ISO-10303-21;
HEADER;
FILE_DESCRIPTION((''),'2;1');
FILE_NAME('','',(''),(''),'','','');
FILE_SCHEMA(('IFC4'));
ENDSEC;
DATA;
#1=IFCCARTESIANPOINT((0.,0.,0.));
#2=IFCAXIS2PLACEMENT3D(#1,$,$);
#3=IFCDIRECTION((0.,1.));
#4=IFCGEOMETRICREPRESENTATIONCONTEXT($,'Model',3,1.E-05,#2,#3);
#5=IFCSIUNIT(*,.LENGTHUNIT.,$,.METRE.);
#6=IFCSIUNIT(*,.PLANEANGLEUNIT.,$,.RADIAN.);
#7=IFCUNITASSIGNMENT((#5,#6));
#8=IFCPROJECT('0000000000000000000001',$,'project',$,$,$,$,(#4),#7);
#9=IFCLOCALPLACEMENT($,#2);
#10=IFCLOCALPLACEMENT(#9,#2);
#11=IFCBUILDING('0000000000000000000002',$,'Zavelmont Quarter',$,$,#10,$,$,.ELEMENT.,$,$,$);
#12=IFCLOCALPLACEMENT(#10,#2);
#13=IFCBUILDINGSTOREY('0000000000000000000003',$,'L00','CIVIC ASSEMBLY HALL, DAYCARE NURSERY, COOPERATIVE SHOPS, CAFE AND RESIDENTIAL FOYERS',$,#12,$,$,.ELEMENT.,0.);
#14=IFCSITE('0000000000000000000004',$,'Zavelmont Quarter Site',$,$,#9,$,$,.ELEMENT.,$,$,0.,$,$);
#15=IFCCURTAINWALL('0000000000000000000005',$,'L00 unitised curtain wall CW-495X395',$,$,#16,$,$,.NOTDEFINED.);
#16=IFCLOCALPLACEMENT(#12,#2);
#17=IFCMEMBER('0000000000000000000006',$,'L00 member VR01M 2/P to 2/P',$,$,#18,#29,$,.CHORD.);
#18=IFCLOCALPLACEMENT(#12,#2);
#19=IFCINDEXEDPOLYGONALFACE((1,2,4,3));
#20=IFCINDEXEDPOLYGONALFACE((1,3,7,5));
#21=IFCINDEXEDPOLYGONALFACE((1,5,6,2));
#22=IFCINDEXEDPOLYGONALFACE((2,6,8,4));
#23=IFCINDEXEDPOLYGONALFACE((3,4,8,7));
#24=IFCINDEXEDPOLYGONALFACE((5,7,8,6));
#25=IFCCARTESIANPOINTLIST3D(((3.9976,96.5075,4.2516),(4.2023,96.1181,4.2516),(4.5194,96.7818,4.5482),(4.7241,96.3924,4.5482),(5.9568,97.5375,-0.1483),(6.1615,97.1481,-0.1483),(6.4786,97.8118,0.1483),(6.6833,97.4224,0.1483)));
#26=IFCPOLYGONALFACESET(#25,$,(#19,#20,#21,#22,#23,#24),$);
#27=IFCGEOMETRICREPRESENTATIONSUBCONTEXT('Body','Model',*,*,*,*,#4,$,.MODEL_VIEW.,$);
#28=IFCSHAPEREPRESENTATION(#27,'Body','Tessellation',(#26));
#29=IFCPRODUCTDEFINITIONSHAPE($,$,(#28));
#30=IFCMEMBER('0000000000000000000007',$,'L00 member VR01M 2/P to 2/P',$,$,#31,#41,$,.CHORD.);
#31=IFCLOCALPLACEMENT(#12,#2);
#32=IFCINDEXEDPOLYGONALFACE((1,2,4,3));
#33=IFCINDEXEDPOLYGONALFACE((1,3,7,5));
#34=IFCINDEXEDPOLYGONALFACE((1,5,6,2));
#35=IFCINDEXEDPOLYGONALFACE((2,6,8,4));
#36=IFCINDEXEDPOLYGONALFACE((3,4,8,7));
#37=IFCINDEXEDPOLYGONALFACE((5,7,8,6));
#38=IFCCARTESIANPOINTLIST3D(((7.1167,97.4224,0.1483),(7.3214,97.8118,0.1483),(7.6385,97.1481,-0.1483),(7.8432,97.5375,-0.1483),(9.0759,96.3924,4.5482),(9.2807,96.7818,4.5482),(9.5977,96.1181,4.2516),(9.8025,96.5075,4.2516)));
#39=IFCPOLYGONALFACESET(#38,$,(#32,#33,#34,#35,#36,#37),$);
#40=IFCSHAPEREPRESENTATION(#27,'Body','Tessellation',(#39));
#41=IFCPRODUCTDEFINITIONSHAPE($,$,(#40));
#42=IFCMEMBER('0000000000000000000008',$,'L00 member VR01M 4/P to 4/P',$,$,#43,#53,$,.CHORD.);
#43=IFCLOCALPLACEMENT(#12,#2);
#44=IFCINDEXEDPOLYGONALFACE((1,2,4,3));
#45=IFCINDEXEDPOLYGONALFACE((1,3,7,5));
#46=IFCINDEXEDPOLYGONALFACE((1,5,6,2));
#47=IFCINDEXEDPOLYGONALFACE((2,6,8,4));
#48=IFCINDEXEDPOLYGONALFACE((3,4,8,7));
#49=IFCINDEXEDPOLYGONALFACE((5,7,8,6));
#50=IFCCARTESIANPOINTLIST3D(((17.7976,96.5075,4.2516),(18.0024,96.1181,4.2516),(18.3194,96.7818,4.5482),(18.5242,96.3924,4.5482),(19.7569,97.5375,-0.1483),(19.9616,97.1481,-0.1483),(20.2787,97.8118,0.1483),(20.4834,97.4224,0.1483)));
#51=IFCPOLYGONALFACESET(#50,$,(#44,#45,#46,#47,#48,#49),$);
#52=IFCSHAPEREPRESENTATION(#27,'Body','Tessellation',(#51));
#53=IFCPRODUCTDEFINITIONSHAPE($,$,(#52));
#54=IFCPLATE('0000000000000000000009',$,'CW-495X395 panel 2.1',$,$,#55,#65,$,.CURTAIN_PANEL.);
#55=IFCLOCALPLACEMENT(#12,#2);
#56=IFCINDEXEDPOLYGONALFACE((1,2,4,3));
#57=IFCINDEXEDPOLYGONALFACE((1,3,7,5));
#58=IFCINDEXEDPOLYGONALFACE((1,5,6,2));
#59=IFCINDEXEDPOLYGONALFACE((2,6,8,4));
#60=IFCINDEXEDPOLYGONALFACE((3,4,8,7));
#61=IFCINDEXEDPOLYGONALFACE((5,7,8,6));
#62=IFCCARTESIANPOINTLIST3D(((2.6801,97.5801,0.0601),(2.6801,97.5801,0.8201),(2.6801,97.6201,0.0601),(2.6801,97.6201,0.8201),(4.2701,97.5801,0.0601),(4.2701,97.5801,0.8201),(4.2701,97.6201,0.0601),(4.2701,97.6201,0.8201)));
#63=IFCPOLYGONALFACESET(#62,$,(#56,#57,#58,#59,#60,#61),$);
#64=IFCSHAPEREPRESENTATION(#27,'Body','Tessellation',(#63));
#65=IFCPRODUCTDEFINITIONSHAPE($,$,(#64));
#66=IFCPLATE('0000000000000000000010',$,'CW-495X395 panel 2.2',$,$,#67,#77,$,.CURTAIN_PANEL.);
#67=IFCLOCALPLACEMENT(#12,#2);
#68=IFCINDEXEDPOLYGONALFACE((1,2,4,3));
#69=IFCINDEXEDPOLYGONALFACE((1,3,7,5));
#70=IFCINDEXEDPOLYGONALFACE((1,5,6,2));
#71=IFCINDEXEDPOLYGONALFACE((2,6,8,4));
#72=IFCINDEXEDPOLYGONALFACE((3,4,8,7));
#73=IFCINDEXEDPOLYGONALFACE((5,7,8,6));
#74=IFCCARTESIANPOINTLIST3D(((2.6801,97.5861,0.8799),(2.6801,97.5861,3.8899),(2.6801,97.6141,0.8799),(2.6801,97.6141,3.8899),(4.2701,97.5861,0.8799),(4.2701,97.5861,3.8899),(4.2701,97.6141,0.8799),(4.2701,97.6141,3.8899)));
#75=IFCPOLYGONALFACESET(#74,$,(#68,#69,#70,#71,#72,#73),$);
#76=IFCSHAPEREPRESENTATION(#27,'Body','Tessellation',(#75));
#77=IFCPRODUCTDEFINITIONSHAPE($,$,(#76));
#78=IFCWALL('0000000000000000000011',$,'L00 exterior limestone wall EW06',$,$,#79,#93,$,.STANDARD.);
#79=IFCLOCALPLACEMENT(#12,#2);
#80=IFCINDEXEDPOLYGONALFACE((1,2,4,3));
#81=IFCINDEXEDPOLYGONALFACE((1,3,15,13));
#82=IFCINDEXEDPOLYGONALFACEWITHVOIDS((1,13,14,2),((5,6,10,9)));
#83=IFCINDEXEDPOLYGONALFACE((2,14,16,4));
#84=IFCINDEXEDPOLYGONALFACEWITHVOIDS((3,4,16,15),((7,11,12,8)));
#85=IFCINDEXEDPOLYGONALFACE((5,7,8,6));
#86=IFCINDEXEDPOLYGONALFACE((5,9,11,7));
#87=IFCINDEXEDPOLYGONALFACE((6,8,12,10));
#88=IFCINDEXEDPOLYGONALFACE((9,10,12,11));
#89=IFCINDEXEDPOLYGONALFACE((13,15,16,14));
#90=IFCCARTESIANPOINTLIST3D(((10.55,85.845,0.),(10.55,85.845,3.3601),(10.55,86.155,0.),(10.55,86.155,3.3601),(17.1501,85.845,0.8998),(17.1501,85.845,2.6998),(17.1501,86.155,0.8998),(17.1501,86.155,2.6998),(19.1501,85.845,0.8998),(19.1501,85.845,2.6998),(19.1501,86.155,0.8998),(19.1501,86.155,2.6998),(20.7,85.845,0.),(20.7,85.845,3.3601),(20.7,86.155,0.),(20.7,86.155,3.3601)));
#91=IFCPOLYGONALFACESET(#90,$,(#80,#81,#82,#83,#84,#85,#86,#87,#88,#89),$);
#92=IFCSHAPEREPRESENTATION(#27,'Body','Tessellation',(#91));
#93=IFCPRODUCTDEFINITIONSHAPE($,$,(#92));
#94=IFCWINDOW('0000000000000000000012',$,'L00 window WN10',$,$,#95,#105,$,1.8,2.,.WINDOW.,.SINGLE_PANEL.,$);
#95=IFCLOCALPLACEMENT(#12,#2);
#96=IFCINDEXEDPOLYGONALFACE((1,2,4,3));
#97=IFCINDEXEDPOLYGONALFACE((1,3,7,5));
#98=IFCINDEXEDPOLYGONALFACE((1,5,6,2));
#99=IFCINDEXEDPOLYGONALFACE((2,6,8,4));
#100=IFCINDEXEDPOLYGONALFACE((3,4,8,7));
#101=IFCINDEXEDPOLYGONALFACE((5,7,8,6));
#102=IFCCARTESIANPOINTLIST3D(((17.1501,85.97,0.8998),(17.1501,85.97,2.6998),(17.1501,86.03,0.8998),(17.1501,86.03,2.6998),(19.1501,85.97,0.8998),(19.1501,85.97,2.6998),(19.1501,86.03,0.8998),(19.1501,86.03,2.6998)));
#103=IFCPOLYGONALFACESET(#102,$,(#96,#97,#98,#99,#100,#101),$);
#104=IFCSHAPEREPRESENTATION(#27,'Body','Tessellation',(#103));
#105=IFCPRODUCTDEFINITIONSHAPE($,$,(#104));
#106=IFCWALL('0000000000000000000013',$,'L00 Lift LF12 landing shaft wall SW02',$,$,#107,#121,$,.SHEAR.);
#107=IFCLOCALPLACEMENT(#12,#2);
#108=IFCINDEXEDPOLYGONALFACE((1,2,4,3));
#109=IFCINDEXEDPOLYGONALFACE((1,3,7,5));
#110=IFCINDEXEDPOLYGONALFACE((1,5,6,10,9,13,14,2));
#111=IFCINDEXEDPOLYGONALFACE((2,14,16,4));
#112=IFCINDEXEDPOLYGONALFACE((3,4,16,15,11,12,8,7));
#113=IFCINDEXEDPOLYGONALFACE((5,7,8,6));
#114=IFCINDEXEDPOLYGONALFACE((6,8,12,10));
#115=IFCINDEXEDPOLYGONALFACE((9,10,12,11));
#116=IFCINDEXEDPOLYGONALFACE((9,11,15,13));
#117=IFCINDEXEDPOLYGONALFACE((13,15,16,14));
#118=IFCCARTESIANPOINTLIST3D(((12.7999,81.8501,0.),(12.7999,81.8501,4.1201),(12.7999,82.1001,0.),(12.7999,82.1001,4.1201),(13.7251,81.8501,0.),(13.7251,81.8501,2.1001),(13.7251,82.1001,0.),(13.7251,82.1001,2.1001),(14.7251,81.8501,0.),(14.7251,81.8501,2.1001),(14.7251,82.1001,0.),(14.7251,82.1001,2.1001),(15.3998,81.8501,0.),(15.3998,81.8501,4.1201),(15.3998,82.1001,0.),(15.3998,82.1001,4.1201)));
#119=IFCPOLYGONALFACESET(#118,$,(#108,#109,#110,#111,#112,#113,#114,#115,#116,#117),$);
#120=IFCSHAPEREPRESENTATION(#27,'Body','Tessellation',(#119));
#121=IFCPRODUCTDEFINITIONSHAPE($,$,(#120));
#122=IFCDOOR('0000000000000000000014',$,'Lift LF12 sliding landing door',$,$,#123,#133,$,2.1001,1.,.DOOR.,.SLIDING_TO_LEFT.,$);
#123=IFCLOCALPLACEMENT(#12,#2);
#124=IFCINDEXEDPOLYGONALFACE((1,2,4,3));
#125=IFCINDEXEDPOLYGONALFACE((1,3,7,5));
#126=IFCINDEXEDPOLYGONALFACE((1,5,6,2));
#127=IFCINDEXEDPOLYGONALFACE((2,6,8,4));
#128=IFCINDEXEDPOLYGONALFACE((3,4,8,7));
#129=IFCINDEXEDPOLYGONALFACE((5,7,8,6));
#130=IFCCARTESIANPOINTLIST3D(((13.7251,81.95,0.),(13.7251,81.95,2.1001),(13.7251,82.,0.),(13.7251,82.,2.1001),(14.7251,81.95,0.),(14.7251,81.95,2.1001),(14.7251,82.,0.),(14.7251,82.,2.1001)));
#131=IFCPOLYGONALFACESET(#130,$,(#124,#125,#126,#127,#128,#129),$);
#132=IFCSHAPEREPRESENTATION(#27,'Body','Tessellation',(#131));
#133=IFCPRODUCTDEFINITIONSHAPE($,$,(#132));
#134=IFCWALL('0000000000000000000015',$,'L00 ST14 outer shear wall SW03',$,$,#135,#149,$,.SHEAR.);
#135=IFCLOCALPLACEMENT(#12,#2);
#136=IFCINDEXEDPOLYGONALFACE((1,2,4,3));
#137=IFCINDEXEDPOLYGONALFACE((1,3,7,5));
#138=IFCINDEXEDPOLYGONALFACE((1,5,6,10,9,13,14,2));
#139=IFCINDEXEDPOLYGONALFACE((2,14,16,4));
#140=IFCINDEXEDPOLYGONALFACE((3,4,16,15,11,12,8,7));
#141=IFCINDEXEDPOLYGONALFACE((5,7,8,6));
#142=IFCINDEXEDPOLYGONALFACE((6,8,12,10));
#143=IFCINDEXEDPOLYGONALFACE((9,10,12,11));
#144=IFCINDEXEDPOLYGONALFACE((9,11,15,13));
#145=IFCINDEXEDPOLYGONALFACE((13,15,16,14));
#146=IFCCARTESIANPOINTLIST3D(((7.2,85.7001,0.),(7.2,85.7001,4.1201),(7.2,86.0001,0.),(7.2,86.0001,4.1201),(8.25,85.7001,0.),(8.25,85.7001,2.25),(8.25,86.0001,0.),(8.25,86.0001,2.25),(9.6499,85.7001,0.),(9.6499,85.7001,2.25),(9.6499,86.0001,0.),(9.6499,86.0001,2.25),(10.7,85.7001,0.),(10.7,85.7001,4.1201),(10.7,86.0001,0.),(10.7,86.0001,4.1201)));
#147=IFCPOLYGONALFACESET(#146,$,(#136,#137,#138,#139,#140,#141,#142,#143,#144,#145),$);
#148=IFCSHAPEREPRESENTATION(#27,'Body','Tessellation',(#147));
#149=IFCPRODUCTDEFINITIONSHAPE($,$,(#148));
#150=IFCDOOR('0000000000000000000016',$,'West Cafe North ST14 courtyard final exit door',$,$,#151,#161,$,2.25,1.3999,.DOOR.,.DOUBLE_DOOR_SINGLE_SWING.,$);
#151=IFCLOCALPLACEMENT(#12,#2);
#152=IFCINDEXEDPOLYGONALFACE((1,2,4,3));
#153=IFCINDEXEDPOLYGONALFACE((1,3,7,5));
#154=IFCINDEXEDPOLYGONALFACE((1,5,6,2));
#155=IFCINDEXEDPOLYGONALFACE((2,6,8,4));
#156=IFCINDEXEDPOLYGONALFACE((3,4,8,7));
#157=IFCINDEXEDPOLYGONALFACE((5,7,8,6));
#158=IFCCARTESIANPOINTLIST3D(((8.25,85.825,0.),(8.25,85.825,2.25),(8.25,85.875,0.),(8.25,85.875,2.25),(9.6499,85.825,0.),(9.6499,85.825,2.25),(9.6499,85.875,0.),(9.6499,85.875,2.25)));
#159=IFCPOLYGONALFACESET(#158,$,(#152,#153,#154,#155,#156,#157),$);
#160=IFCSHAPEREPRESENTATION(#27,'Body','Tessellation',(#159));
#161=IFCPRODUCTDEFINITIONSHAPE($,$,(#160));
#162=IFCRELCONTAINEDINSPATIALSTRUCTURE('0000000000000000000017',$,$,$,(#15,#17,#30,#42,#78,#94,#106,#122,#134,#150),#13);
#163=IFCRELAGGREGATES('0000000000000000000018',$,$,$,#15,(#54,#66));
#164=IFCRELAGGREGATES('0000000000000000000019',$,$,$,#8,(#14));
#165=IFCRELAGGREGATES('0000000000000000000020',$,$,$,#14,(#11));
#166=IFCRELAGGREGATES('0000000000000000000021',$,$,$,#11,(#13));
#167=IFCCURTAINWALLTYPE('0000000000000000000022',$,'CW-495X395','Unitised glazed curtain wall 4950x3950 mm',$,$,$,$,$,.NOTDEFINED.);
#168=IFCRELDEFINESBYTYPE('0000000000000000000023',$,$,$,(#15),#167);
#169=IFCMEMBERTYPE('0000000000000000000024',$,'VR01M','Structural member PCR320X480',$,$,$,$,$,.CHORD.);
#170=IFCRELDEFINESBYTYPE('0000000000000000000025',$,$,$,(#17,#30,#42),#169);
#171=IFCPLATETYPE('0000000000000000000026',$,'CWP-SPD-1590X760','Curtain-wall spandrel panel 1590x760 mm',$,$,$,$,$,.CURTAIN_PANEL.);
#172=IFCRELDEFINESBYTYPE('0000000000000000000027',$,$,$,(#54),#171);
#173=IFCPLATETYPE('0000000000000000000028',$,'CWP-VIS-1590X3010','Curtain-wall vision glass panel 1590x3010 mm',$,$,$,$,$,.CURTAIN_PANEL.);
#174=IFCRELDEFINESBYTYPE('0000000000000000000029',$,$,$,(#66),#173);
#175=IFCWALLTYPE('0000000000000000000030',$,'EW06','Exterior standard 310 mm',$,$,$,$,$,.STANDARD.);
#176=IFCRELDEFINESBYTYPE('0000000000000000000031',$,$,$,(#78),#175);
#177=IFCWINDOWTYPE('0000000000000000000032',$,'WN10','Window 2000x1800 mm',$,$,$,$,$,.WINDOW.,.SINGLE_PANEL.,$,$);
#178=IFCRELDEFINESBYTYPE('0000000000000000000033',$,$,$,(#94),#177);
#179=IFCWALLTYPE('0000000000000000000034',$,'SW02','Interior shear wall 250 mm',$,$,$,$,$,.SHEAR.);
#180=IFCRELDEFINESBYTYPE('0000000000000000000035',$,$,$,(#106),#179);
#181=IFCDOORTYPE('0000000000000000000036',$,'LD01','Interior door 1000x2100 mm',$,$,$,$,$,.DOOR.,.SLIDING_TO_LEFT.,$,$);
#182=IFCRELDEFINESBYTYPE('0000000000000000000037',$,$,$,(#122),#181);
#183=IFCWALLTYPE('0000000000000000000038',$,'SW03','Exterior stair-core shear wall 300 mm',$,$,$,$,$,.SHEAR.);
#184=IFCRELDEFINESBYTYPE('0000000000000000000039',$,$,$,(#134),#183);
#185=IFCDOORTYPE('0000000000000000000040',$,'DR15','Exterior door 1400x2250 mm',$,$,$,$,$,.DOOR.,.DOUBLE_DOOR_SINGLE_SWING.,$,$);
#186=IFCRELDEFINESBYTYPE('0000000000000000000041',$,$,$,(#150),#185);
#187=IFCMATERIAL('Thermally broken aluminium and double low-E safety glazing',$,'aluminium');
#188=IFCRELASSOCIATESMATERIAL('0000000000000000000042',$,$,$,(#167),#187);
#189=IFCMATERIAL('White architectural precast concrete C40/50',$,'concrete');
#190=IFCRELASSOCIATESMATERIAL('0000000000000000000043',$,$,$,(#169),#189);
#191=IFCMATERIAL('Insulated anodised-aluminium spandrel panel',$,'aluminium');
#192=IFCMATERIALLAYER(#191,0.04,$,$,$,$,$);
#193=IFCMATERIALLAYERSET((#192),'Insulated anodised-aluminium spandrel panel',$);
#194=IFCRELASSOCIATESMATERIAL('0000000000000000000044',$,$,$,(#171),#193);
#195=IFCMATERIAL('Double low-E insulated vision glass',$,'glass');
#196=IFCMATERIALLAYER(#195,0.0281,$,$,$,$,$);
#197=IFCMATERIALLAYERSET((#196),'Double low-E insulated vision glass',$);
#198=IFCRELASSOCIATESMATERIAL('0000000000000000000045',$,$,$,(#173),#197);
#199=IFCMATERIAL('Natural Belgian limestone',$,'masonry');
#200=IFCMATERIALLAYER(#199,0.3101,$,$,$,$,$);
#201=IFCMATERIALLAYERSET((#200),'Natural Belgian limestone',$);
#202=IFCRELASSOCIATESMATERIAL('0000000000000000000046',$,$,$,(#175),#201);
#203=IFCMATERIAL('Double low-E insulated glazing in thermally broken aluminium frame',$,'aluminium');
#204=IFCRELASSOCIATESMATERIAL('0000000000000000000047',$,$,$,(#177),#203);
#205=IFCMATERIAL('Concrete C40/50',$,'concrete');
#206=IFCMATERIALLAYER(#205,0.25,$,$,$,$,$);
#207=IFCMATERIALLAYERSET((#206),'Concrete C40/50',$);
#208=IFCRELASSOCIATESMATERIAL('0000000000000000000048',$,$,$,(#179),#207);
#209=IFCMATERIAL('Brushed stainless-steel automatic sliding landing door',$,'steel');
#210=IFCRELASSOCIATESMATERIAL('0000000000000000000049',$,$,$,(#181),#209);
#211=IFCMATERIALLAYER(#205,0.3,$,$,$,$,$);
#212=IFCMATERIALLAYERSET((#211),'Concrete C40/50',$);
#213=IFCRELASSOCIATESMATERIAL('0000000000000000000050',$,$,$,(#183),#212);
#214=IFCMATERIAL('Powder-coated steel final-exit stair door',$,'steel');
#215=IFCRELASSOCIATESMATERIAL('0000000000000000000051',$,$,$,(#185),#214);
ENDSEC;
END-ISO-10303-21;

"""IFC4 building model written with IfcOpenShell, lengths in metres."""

from ifc_helpers import new_model, si_unit, direction, frame, frame_2d, origin, origin_with_axes, origin_2d, place, context, subcontext, project, spatial, rectangle, extrude, material, layer, layer_set, material_profile, profile_set, type_object, element, fill, aggregate, save


model = new_model("IFC4")

# Units and contexts
model_context = context("Model", 3, precision=1e-05, world=origin(), true_north=direction((0.0, 1.0)))
body_context = subcontext(model_context, "Body", "Model", "MODEL_VIEW")
ifc_project = project(units=[si_unit("LENGTHUNIT", "METRE"), si_unit("PLANEANGLEUNIT", "RADIAN")], contexts=[model_context])

# Site, building, storey
site_placement = place(None, origin())
site = spatial("IfcSite", under=ifc_project, at=site_placement, Name="Zavelmont Quarter Site", CompositionType="ELEMENT", RefElevation=0.0)
building_placement = place(site_placement, origin())
building = spatial("IfcBuilding", under=site, at=building_placement, Name="Zavelmont Quarter", CompositionType="ELEMENT")
storey_placement = place(building_placement, origin())
storey = spatial("IfcBuildingStorey", under=building, at=storey_placement, Name="L00", Description="CIVIC ASSEMBLY HALL, DAYCARE NURSERY, COOPERATIVE SHOPS, CAFE AND RESIDENTIAL FOYERS", CompositionType="ELEMENT", Elevation=0.0)

# Shared definitions
ifc_material_1 = material(Name="Concrete C40/50", Category="concrete")

# Curtain wall
ifc_material_2 = material(Name="Thermally broken aluminium and double low-E safety glazing", Category="aluminium")
curtain_wall_type = type_object("IfcCurtainWallType", Name="CW-495X395", Description="Unitised glazed curtain wall 4950x3950 mm", PredefinedType="NOTDEFINED", material=ifc_material_2)
curtain_wall_placement = place(storey_placement, origin())
curtain_wall = element("IfcCurtainWall", 1, at=curtain_wall_placement, inside=storey, type_object=curtain_wall_type, Name="L00 unitised curtain wall CW-495X395", PredefinedType="NOTDEFINED")

# Members
ifc_material_3 = material(Name="White architectural precast concrete C40/50", Category="concrete")
ifc_material_profile_1 = material_profile(ifc_material_3, rectangle(XDim=0.4399, YDim=0.6599, at=origin_2d()), Name="PCR320X480")
ifc_profile_set_1 = profile_set([ifc_material_profile_1], Name="White architectural precast concrete C40/50")
member_type_1 = type_object("IfcMemberType", Name="VR01M", Description="Structural member PCR320X480", PredefinedType="CHORD", material=ifc_profile_set_1)
for number, where, z_axis, x_axis, name in (
    (2, (6.3201, 97.48, 0.0), (-0.397788, -0.20913, 0.893325), (0.465342, -0.885131, 0.0), "L00 member VR01M 2/P to 2/P"),
    (3, (7.48, 97.48, 0.0), (0.397788, -0.20913, 0.893325), (0.465342, 0.885131, 0.0), "L00 member VR01M 2/P to 2/P"),
    (4, (20.1201, 97.48, 0.0), (-0.397788, -0.20913, 0.893325), (0.465342, -0.885131, 0.0), "L00 member VR01M 4/P to 4/P"),
):
    element("IfcMember", number, at=place(storey_placement, frame(where, z_axis=z_axis, x_axis=x_axis)), inside=storey, type_object=member_type_1, Name=name, PredefinedType="CHORD", context=body_context, shape_type="SweptSolid", body=[
        extrude(rectangle(XDim=0.4399, YDim=0.6599, at=origin_2d()), origin(), (0.0, 0.0, 1.0), 4.9253),
    ])

# Plates
ifc_material_4 = material(Name="Insulated anodised-aluminium spandrel panel", Category="aluminium")
ifc_layer_1 = layer(ifc_material_4, 0.04)
ifc_layer_set_1 = layer_set([ifc_layer_1], Name="Insulated anodised-aluminium spandrel panel")
plate_type_1 = type_object("IfcPlateType", Name="CWP-SPD-1590X760", Description="Curtain-wall spandrel panel 1590x760 mm", PredefinedType="CURTAIN_PANEL", material=ifc_layer_set_1)
plate_1_placement = place(storey_placement, frame((3.4751, 97.6001, 0.0601), z_axis=(0.0, 0.0, 1.0), x_axis=(1.0, 0.0, 0.0)))
plate_1 = element("IfcPlate", 5, at=plate_1_placement, type_object=plate_type_1, Name="CW-495X395 panel 2.1", PredefinedType="CURTAIN_PANEL", context=body_context, shape_type="SweptSolid", body=[
    extrude(rectangle(XDim=1.5901, YDim=0.04, at=origin_2d()), origin(), (0.0, 0.0, 1.0), 0.76),
])
ifc_material_5 = material(Name="Double low-E insulated vision glass", Category="glass")
ifc_layer_2 = layer(ifc_material_5, 0.0281)
ifc_layer_set_2 = layer_set([ifc_layer_2], Name="Double low-E insulated vision glass")
plate_type_2 = type_object("IfcPlateType", Name="CWP-VIS-1590X3010", Description="Curtain-wall vision glass panel 1590x3010 mm", PredefinedType="CURTAIN_PANEL", material=ifc_layer_set_2)
plate_2_placement = place(storey_placement, frame((3.4751, 97.6001, 0.8799), z_axis=(0.0, 0.0, 1.0), x_axis=(1.0, 0.0, 0.0)))
plate_2 = element("IfcPlate", 6, at=plate_2_placement, type_object=plate_type_2, Name="CW-495X395 panel 2.2", PredefinedType="CURTAIN_PANEL", context=body_context, shape_type="SweptSolid", body=[
    extrude(rectangle(XDim=1.5901, YDim=0.0281, at=origin_2d()), origin(), (0.0, 0.0, 1.0), 3.01),
])
aggregate(curtain_wall, [plate_1, plate_2])

# Wall, opening, window
ifc_material_6 = material(Name="Natural Belgian limestone", Category="masonry")
ifc_layer_3 = layer(ifc_material_6, 0.3101)
ifc_layer_set_3 = layer_set([ifc_layer_3], Name="Natural Belgian limestone")
wall_type_1 = type_object("IfcWallType", Name="EW06", Description="Exterior standard 310 mm", PredefinedType="STANDARD", material=ifc_layer_set_3)
wall_1_placement = place(storey_placement, frame((10.55, 86.0, 0.0), z_axis=(0.0, 0.0, 1.0), x_axis=(1.0, 0.0, 0.0)))
wall_1 = element("IfcWall", 7, at=wall_1_placement, inside=storey, type_object=wall_type_1, Name="L00 exterior limestone wall EW06", PredefinedType="STANDARD", context=body_context, shape_type="SweptSolid", body=[
    extrude(rectangle(XDim=10.1499, YDim=0.3101, at=frame_2d((5.075, 0.0))), origin(), (0.0, 0.0, 1.0), 3.3601),
])
opening_1_placement = place(wall_1_placement, frame((6.6001, 0.0, 0.8999)))
opening_1 = element("IfcOpeningElement", 8, at=opening_1_placement, cuts=wall_1, PredefinedType="OPENING", context=body_context, shape_type="SweptSolid", body=[
    extrude(rectangle(XDim=2.0, YDim=1.8, at=frame_2d((1.0, 0.8999))), frame((0.0, 0.167, 0.0), z_axis=(0.0, -1.0, 0.0), x_axis=(1.0, 0.0, 0.0)), (0.0, 0.0, 1.0), 0.334),
])
ifc_material_7 = material(Name="Double low-E insulated glazing in thermally broken aluminium frame", Category="aluminium")
window_type = type_object("IfcWindowType", Name="WN10", Description="Window 2000x1800 mm", PartitioningType="SINGLE_PANEL", PredefinedType="WINDOW", material=ifc_material_7)
window_placement = place(opening_1_placement, origin_with_axes())
window = element("IfcWindow", 9, at=window_placement, inside=storey, type_object=window_type, Name="L00 window WN10", OverallHeight=1.8, OverallWidth=2.0, PartitioningType="SINGLE_PANEL", PredefinedType="WINDOW", context=body_context, shape_type="SweptSolid", body=[
    extrude(rectangle(XDim=2.0, YDim=1.8, at=frame_2d((1.0, 0.8999))), frame((0.0, 0.03, 0.0), z_axis=(0.0, -1.0, 0.0), x_axis=(1.0, 0.0, 0.0)), (0.0, 0.0, 1.0), 0.0601),
])
fill(opening_1, window)

# Walls, openings, doors
ifc_layer_4 = layer(ifc_material_1, 0.25)
ifc_layer_set_4 = layer_set([ifc_layer_4], Name="Concrete C40/50")
wall_type_2 = type_object("IfcWallType", Name="SW02", Description="Interior shear wall 250 mm", PredefinedType="SHEAR", material=ifc_layer_set_4)
wall_2_placement = place(storey_placement, frame((12.8, 81.9751, 0.0), z_axis=(0.0, 0.0, 1.0), x_axis=(1.0, 0.0, 0.0)))
wall_2 = element("IfcWall", 10, at=wall_2_placement, inside=storey, type_object=wall_type_2, Name="L00 Lift LF12 landing shaft wall SW02", PredefinedType="SHEAR", context=body_context, shape_type="SweptSolid", body=[
    extrude(rectangle(XDim=2.5999, YDim=0.25, at=frame_2d((1.2998, 0.0))), origin(), (0.0, 0.0, 1.0), 4.1201),
])
opening_2_placement = place(wall_2_placement, frame((0.925, 0.0, 0.0)))
opening_2 = element("IfcOpeningElement", 11, at=opening_2_placement, cuts=wall_2, PredefinedType="OPENING", context=body_context, shape_type="SweptSolid", body=[
    extrude(rectangle(XDim=1.0, YDim=2.1001, at=frame_2d((0.5, 1.05))), frame((0.0, 0.137, 0.0), z_axis=(0.0, -1.0, 0.0), x_axis=(1.0, 0.0, 0.0)), (0.0, 0.0, 1.0), 0.2739),
])
ifc_material_8 = material(Name="Brushed stainless-steel automatic sliding landing door", Category="steel")
door_type_1 = type_object("IfcDoorType", Name="LD01", Description="Interior door 1000x2100 mm", OperationType="SLIDING_TO_LEFT", PredefinedType="DOOR", material=ifc_material_8)
door_1_placement = place(opening_2_placement, origin_with_axes())
door_1 = element("IfcDoor", 12, at=door_1_placement, inside=storey, type_object=door_type_1, Name="Lift LF12 sliding landing door", OperationType="SLIDING_TO_LEFT", OverallHeight=2.1001, OverallWidth=1.0, PredefinedType="DOOR", context=body_context, shape_type="SweptSolid", body=[
    extrude(rectangle(XDim=1.0, YDim=2.1001, at=frame_2d((0.5, 1.05))), frame((0.0, 0.0249, 0.0), z_axis=(0.0, -1.0, 0.0), x_axis=(1.0, 0.0, 0.0)), (0.0, 0.0, 1.0), 0.05),
])
fill(opening_2, door_1)
ifc_layer_5 = layer(ifc_material_1, 0.3)
ifc_layer_set_5 = layer_set([ifc_layer_5], Name="Concrete C40/50")
wall_type_3 = type_object("IfcWallType", Name="SW03", Description="Exterior stair-core shear wall 300 mm", PredefinedType="SHEAR", material=ifc_layer_set_5)
wall_3_placement = place(storey_placement, frame((7.2, 85.8501, 0.0), z_axis=(0.0, 0.0, 1.0), x_axis=(1.0, 0.0, 0.0)))
wall_3 = element("IfcWall", 13, at=wall_3_placement, inside=storey, type_object=wall_type_3, Name="L00 ST14 outer shear wall SW03", PredefinedType="SHEAR", context=body_context, shape_type="SweptSolid", body=[
    extrude(rectangle(XDim=3.5, YDim=0.3, at=frame_2d((1.75, 0.0))), origin(), (0.0, 0.0, 1.0), 4.1201),
])
opening_3_placement = place(wall_3_placement, frame((1.05, 0.0, 0.0)))
opening_3 = element("IfcOpeningElement", 14, at=opening_3_placement, cuts=wall_3, PredefinedType="OPENING", context=body_context, shape_type="SweptSolid", body=[
    extrude(rectangle(XDim=1.3999, YDim=2.25, at=frame_2d((0.7, 1.125))), frame((0.0, 0.1621, 0.0), z_axis=(0.0, -1.0, 0.0), x_axis=(1.0, 0.0, 0.0)), (0.0, 0.0, 1.0), 0.324),
])
ifc_material_9 = material(Name="Powder-coated steel final-exit stair door", Category="steel")
door_type_2 = type_object("IfcDoorType", Name="DR15", Description="Exterior door 1400x2250 mm", OperationType="DOUBLE_DOOR_SINGLE_SWING", PredefinedType="DOOR", material=ifc_material_9)
door_2_placement = place(opening_3_placement, origin_with_axes())
door_2 = element("IfcDoor", 15, at=door_2_placement, inside=storey, type_object=door_type_2, Name="West Cafe North ST14 courtyard final exit door", OperationType="DOUBLE_DOOR_SINGLE_SWING", OverallHeight=2.25, OverallWidth=1.3999, PredefinedType="DOOR", context=body_context, shape_type="SweptSolid", body=[
    extrude(rectangle(XDim=1.3999, YDim=2.25, at=frame_2d((0.7, 1.125))), frame((0.0, 0.0249, 0.0), z_axis=(0.0, -1.0, 0.0), x_axis=(1.0, 0.0, 0.0)), (0.0, 0.0, 1.0), 0.05),
])
fill(opening_3, door_2)

save(model, "model.ifc")
